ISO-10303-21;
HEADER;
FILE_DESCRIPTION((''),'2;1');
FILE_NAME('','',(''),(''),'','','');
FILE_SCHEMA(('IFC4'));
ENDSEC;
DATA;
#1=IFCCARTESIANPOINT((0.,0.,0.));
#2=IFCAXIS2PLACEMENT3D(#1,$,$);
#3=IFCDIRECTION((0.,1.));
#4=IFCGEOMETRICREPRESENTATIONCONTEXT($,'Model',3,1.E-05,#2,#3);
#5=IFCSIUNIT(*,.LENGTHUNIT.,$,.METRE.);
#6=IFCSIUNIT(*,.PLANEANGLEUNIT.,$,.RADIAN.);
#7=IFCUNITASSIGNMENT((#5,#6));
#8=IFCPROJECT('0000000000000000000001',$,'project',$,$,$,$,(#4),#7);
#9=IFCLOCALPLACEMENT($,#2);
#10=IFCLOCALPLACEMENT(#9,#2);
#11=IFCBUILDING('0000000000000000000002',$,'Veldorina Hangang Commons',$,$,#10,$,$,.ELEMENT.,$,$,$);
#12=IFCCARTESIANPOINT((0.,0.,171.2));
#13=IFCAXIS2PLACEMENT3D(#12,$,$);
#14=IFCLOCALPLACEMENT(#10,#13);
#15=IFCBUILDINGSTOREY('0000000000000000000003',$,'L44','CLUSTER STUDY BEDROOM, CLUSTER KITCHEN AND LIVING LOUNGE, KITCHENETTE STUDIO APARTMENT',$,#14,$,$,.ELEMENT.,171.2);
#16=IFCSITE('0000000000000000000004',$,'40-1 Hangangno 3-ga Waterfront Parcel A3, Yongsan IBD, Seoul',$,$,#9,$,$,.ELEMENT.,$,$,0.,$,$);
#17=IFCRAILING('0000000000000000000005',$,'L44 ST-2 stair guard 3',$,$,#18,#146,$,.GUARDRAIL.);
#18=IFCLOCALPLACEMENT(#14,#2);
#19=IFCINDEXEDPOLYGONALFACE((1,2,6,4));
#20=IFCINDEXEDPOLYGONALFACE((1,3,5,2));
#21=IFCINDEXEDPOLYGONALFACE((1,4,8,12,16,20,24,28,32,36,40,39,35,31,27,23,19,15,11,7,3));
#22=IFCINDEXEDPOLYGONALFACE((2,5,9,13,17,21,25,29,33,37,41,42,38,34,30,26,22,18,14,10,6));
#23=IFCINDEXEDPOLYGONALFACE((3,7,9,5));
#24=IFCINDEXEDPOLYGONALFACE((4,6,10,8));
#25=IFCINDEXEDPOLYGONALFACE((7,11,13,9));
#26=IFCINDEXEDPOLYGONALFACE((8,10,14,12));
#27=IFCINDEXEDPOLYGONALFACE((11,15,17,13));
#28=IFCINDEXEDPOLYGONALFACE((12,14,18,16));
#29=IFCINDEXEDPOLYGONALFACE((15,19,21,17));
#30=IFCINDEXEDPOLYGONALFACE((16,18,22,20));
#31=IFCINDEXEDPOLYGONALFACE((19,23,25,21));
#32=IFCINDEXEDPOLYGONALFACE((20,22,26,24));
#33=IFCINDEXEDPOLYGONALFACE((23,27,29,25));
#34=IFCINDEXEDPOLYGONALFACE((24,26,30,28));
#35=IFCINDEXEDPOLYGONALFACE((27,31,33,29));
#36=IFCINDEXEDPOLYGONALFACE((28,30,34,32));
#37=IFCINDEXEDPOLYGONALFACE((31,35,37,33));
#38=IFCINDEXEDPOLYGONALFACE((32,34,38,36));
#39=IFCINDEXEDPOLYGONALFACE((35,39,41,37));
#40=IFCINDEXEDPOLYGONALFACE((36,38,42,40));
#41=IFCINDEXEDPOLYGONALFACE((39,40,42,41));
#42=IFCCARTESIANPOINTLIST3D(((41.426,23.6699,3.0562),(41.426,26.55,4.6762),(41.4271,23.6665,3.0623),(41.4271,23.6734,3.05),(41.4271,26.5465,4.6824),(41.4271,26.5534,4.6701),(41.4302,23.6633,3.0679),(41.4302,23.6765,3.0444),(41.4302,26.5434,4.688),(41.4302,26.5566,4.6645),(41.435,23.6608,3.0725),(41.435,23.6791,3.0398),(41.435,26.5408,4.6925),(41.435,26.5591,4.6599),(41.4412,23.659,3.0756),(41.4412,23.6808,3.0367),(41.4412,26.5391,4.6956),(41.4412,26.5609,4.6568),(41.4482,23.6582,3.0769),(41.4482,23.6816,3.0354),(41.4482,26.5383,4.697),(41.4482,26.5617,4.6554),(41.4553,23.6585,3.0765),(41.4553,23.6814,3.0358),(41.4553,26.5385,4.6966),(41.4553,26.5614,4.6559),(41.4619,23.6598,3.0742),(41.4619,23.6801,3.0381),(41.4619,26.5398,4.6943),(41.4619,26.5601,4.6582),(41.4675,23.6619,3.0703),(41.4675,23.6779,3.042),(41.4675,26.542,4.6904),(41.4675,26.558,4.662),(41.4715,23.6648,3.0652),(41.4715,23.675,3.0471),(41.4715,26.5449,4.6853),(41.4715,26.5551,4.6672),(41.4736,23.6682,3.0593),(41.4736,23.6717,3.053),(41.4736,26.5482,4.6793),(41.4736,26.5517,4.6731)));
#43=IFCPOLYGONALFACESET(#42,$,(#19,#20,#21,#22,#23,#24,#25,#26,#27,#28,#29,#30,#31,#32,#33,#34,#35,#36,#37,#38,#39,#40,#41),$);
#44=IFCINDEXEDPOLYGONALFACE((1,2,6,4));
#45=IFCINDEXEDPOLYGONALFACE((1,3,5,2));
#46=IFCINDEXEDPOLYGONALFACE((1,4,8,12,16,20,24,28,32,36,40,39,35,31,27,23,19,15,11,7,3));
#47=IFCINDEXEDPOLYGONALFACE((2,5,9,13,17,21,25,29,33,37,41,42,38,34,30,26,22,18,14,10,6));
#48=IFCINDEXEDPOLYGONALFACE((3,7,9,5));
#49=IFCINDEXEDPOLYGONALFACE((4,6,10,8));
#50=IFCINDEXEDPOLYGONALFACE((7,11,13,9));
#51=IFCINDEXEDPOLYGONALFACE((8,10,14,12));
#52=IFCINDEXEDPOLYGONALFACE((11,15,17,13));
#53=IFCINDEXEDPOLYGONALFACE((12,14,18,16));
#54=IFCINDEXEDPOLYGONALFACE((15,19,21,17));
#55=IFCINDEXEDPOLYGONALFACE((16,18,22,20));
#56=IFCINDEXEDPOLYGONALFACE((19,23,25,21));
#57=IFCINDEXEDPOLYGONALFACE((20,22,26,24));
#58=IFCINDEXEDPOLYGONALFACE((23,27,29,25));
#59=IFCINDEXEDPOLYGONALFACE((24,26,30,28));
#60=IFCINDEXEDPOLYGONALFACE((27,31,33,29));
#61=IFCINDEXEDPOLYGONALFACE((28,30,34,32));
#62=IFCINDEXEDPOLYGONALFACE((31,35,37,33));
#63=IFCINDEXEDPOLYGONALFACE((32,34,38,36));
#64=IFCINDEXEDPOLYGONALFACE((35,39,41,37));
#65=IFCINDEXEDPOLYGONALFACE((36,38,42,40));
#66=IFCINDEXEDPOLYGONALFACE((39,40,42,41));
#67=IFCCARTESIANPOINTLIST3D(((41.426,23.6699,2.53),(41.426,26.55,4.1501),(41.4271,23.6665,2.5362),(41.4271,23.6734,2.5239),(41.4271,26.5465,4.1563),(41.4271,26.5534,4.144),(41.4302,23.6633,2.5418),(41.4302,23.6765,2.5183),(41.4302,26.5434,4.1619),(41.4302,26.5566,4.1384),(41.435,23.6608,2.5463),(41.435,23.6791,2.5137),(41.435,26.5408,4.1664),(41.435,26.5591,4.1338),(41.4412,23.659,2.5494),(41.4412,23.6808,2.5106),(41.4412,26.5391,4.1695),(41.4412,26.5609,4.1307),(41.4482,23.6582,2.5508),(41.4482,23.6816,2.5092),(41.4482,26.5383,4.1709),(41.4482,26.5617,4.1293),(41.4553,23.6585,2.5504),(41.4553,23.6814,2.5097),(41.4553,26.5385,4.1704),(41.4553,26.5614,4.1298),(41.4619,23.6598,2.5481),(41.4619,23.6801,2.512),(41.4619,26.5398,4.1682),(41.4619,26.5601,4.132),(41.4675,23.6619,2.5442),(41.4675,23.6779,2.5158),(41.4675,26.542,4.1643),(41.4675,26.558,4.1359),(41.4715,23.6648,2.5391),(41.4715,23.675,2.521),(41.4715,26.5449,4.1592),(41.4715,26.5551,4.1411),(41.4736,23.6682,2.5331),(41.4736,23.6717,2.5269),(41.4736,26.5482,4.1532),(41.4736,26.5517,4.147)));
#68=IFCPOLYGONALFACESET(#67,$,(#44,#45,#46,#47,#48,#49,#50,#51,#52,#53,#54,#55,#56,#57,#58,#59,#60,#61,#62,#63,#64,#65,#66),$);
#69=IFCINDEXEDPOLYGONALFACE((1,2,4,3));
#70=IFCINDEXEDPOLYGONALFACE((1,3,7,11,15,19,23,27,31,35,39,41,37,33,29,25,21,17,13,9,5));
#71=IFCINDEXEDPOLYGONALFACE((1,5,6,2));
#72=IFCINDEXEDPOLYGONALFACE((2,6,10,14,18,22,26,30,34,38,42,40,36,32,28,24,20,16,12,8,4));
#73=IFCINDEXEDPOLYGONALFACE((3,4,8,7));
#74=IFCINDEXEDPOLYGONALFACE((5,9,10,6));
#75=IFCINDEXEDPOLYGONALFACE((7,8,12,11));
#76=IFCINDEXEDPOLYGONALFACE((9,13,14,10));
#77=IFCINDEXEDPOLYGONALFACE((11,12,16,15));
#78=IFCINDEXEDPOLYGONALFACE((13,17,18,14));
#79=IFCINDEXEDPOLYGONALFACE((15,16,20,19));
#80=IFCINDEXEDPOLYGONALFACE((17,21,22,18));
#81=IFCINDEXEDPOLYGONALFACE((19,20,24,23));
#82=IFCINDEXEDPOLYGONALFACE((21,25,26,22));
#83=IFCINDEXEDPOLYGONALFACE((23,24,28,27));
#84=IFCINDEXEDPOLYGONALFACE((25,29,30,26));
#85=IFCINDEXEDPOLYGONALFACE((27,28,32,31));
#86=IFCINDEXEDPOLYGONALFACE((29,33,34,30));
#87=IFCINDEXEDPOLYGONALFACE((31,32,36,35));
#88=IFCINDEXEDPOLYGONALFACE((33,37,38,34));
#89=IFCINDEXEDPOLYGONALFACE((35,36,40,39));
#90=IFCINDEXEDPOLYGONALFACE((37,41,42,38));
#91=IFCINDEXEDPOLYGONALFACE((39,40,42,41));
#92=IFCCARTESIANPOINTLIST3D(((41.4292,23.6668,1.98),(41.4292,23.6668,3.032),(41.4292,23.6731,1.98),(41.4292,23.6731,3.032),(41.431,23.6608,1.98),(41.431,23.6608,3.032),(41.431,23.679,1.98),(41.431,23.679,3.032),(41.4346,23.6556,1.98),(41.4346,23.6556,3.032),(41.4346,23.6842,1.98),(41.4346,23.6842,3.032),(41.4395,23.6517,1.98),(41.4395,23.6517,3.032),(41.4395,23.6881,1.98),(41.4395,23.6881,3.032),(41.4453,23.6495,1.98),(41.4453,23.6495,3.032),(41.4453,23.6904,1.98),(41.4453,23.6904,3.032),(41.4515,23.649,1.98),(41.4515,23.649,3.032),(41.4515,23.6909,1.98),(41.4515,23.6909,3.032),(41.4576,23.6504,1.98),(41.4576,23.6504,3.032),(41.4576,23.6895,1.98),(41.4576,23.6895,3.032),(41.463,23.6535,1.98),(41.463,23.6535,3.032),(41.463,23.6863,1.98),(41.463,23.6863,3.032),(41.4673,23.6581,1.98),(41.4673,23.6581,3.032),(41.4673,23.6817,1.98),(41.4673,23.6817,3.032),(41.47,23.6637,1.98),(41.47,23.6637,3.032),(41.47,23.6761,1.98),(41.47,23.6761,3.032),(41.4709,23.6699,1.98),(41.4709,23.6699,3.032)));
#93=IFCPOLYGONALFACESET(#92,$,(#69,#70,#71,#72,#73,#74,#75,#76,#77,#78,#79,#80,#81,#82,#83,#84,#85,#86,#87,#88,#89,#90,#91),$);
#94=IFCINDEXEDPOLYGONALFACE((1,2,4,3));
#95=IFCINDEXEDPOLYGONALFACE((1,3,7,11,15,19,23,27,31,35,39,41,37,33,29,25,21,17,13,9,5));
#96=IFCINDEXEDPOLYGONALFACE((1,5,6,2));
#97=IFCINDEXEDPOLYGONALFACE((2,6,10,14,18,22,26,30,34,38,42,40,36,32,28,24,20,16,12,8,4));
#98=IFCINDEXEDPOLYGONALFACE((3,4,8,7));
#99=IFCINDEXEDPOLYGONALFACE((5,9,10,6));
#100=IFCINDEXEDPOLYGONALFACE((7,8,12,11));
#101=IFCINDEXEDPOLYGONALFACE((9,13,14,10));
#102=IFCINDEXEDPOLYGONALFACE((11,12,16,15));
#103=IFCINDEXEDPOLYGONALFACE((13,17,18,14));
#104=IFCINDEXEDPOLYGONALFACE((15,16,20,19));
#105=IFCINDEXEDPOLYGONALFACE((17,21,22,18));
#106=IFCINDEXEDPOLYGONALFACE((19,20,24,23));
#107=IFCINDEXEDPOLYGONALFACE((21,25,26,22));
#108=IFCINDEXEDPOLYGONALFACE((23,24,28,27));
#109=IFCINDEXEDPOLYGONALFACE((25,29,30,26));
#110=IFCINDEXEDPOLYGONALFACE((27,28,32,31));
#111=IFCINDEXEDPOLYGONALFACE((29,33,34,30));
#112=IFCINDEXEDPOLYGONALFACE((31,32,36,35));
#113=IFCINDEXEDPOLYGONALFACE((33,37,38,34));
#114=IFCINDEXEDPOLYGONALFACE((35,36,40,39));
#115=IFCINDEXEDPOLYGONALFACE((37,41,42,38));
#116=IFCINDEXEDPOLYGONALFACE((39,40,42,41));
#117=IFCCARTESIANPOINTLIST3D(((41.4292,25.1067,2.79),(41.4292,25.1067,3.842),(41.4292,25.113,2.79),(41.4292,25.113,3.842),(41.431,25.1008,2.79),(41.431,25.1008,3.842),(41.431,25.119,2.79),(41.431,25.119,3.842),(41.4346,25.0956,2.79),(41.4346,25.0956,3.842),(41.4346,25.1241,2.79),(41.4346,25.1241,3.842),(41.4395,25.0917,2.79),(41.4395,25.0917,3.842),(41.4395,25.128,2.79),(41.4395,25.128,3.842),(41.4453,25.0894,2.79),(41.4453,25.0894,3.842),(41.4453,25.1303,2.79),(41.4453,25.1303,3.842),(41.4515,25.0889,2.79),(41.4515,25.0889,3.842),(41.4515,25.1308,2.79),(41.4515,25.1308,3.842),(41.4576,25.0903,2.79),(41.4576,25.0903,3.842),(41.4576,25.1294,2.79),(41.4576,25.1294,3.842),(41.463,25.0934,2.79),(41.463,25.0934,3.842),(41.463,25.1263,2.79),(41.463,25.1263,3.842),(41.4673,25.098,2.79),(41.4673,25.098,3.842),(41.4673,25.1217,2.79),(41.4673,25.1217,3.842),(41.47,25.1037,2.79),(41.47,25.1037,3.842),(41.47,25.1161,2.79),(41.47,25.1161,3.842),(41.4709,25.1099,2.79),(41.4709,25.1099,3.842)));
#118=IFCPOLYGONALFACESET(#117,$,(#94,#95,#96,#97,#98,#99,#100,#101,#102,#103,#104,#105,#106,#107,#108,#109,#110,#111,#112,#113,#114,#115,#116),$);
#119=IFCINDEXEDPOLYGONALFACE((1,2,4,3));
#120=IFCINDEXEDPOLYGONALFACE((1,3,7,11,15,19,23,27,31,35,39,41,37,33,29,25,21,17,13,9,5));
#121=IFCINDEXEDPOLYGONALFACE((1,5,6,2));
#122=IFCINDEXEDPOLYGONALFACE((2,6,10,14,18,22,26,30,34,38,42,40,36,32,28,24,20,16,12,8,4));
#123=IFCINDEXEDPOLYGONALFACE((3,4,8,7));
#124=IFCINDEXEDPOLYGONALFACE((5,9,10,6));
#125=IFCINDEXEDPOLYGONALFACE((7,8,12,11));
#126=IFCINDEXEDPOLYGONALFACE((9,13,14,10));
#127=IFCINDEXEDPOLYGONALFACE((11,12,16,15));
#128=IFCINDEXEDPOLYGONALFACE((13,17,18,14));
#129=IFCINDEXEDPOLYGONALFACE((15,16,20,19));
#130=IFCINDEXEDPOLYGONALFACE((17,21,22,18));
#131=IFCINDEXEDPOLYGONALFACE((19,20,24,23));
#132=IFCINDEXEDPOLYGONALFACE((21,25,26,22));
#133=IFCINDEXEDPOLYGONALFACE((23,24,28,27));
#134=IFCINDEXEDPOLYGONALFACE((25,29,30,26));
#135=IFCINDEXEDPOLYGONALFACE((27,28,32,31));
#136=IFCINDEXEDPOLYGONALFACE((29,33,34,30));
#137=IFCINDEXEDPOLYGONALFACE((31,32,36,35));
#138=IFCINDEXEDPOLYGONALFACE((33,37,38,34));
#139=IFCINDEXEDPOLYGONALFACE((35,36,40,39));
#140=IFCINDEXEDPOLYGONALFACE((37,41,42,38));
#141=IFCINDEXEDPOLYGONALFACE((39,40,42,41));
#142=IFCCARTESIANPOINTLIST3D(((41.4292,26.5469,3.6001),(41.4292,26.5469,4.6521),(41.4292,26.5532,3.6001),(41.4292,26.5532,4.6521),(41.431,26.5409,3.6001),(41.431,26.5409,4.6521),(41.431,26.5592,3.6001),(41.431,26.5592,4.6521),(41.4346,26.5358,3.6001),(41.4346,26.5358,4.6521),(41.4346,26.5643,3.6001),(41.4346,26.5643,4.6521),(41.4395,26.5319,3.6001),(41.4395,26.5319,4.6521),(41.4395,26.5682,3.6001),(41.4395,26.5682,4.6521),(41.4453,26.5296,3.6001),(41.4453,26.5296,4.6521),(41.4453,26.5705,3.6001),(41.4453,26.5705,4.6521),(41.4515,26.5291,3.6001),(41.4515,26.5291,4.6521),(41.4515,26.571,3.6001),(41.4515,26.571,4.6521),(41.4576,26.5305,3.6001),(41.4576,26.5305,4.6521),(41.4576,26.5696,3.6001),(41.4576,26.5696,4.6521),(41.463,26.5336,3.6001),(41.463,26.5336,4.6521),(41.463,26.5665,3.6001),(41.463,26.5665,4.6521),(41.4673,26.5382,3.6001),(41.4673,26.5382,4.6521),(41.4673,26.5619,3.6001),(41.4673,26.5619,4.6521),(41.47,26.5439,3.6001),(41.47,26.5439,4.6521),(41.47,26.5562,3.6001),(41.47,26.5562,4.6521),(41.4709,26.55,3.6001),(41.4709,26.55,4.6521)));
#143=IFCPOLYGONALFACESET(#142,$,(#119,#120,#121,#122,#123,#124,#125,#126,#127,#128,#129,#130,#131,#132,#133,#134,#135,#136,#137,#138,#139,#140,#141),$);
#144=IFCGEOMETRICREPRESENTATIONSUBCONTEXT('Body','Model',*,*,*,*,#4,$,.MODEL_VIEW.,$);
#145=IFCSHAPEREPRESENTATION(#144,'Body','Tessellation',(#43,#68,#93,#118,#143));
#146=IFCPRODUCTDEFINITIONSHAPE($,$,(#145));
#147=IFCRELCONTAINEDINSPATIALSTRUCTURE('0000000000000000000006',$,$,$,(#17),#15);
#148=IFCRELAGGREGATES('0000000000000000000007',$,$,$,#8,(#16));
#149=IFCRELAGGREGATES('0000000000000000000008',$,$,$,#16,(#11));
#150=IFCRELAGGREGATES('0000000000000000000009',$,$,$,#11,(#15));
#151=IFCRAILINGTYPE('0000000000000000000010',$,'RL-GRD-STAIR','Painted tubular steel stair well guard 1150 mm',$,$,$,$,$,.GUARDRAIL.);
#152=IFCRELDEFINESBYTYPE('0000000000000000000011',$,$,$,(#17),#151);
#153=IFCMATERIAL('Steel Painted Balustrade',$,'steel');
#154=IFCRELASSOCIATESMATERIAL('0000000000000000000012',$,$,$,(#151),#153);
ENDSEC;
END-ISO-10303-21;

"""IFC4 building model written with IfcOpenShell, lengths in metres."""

from ifc_helpers import new_model, si_unit, direction, frame, origin, origin_2d, place, context, subcontext, project, spatial, circle, extrude, material, type_object, element, save


model = new_model("IFC4")

# Units and contexts
model_context = context("Model", 3, precision=1e-05, world=origin(), true_north=direction((0.0, 1.0)))
body_context = subcontext(model_context, "Body", "Model", "MODEL_VIEW")
ifc_project = project(units=[si_unit("LENGTHUNIT", "METRE"), si_unit("PLANEANGLEUNIT", "RADIAN")], contexts=[model_context])

# Site, building, storey
site_placement = place(None, origin())
site = spatial("IfcSite", under=ifc_project, at=site_placement, Name="40-1 Hangangno 3-ga Waterfront Parcel A3, Yongsan IBD, Seoul", CompositionType="ELEMENT", RefElevation=0.0)
building_placement = place(site_placement, origin())
building = spatial("IfcBuilding", under=site, at=building_placement, Name="Veldorina Hangang Commons", CompositionType="ELEMENT")
storey_placement = place(building_placement, frame((0.0, 0.0, 171.2)))
storey = spatial("IfcBuildingStorey", under=building, at=storey_placement, Name="L44", Description="CLUSTER STUDY BEDROOM, CLUSTER KITCHEN AND LIVING LOUNGE, KITCHENETTE STUDIO APARTMENT", CompositionType="ELEMENT", Elevation=171.2)

# Railing
ifc_material_1 = material(Name="Steel Painted Balustrade", Category="steel")
railing_type_1 = type_object("IfcRailingType", Name="RL-GRD-STAIR", Description="Painted tubular steel stair well guard 1150 mm", PredefinedType="GUARDRAIL", material=ifc_material_1)
railing_1_placement = place(storey_placement, frame((41.45, 23.6699, 1.98)))
element("IfcRailing", 1, at=railing_1_placement, inside=storey, type_object=railing_type_1, Name="L44 ST-2 stair guard 3", PredefinedType="GUARDRAIL", context=body_context, shape_type="SweptSolid", body=[
    extrude(circle(Radius=0.0239, at=origin_2d()), frame((0.0, 0.0, 1.0762), z_axis=(0.0, 0.87157, 0.490272), x_axis=(-1.0, 0.0, 0.0)), (0.0, 0.0, 1.0), 3.3044),
    extrude(circle(Radius=0.0239, at=origin_2d()), frame((0.0, 0.0, 0.55), z_axis=(0.0, 0.87157, 0.490272), x_axis=(-1.0, 0.0, 0.0)), (0.0, 0.0, 1.0), 3.3044),
    extrude(circle(Radius=0.021, at=origin_2d()), origin(), (0.0, 0.0, 1.0), 1.052),
    extrude(circle(Radius=0.021, at=origin_2d()), frame((0.0, 1.4399, 0.8101)), (0.0, 0.0, 1.0), 1.052),
    extrude(circle(Radius=0.021, at=origin_2d()), frame((0.0, 2.8801, 1.6201)), (0.0, 0.0, 1.0), 1.052),
])

save(model, "model.ifc")
